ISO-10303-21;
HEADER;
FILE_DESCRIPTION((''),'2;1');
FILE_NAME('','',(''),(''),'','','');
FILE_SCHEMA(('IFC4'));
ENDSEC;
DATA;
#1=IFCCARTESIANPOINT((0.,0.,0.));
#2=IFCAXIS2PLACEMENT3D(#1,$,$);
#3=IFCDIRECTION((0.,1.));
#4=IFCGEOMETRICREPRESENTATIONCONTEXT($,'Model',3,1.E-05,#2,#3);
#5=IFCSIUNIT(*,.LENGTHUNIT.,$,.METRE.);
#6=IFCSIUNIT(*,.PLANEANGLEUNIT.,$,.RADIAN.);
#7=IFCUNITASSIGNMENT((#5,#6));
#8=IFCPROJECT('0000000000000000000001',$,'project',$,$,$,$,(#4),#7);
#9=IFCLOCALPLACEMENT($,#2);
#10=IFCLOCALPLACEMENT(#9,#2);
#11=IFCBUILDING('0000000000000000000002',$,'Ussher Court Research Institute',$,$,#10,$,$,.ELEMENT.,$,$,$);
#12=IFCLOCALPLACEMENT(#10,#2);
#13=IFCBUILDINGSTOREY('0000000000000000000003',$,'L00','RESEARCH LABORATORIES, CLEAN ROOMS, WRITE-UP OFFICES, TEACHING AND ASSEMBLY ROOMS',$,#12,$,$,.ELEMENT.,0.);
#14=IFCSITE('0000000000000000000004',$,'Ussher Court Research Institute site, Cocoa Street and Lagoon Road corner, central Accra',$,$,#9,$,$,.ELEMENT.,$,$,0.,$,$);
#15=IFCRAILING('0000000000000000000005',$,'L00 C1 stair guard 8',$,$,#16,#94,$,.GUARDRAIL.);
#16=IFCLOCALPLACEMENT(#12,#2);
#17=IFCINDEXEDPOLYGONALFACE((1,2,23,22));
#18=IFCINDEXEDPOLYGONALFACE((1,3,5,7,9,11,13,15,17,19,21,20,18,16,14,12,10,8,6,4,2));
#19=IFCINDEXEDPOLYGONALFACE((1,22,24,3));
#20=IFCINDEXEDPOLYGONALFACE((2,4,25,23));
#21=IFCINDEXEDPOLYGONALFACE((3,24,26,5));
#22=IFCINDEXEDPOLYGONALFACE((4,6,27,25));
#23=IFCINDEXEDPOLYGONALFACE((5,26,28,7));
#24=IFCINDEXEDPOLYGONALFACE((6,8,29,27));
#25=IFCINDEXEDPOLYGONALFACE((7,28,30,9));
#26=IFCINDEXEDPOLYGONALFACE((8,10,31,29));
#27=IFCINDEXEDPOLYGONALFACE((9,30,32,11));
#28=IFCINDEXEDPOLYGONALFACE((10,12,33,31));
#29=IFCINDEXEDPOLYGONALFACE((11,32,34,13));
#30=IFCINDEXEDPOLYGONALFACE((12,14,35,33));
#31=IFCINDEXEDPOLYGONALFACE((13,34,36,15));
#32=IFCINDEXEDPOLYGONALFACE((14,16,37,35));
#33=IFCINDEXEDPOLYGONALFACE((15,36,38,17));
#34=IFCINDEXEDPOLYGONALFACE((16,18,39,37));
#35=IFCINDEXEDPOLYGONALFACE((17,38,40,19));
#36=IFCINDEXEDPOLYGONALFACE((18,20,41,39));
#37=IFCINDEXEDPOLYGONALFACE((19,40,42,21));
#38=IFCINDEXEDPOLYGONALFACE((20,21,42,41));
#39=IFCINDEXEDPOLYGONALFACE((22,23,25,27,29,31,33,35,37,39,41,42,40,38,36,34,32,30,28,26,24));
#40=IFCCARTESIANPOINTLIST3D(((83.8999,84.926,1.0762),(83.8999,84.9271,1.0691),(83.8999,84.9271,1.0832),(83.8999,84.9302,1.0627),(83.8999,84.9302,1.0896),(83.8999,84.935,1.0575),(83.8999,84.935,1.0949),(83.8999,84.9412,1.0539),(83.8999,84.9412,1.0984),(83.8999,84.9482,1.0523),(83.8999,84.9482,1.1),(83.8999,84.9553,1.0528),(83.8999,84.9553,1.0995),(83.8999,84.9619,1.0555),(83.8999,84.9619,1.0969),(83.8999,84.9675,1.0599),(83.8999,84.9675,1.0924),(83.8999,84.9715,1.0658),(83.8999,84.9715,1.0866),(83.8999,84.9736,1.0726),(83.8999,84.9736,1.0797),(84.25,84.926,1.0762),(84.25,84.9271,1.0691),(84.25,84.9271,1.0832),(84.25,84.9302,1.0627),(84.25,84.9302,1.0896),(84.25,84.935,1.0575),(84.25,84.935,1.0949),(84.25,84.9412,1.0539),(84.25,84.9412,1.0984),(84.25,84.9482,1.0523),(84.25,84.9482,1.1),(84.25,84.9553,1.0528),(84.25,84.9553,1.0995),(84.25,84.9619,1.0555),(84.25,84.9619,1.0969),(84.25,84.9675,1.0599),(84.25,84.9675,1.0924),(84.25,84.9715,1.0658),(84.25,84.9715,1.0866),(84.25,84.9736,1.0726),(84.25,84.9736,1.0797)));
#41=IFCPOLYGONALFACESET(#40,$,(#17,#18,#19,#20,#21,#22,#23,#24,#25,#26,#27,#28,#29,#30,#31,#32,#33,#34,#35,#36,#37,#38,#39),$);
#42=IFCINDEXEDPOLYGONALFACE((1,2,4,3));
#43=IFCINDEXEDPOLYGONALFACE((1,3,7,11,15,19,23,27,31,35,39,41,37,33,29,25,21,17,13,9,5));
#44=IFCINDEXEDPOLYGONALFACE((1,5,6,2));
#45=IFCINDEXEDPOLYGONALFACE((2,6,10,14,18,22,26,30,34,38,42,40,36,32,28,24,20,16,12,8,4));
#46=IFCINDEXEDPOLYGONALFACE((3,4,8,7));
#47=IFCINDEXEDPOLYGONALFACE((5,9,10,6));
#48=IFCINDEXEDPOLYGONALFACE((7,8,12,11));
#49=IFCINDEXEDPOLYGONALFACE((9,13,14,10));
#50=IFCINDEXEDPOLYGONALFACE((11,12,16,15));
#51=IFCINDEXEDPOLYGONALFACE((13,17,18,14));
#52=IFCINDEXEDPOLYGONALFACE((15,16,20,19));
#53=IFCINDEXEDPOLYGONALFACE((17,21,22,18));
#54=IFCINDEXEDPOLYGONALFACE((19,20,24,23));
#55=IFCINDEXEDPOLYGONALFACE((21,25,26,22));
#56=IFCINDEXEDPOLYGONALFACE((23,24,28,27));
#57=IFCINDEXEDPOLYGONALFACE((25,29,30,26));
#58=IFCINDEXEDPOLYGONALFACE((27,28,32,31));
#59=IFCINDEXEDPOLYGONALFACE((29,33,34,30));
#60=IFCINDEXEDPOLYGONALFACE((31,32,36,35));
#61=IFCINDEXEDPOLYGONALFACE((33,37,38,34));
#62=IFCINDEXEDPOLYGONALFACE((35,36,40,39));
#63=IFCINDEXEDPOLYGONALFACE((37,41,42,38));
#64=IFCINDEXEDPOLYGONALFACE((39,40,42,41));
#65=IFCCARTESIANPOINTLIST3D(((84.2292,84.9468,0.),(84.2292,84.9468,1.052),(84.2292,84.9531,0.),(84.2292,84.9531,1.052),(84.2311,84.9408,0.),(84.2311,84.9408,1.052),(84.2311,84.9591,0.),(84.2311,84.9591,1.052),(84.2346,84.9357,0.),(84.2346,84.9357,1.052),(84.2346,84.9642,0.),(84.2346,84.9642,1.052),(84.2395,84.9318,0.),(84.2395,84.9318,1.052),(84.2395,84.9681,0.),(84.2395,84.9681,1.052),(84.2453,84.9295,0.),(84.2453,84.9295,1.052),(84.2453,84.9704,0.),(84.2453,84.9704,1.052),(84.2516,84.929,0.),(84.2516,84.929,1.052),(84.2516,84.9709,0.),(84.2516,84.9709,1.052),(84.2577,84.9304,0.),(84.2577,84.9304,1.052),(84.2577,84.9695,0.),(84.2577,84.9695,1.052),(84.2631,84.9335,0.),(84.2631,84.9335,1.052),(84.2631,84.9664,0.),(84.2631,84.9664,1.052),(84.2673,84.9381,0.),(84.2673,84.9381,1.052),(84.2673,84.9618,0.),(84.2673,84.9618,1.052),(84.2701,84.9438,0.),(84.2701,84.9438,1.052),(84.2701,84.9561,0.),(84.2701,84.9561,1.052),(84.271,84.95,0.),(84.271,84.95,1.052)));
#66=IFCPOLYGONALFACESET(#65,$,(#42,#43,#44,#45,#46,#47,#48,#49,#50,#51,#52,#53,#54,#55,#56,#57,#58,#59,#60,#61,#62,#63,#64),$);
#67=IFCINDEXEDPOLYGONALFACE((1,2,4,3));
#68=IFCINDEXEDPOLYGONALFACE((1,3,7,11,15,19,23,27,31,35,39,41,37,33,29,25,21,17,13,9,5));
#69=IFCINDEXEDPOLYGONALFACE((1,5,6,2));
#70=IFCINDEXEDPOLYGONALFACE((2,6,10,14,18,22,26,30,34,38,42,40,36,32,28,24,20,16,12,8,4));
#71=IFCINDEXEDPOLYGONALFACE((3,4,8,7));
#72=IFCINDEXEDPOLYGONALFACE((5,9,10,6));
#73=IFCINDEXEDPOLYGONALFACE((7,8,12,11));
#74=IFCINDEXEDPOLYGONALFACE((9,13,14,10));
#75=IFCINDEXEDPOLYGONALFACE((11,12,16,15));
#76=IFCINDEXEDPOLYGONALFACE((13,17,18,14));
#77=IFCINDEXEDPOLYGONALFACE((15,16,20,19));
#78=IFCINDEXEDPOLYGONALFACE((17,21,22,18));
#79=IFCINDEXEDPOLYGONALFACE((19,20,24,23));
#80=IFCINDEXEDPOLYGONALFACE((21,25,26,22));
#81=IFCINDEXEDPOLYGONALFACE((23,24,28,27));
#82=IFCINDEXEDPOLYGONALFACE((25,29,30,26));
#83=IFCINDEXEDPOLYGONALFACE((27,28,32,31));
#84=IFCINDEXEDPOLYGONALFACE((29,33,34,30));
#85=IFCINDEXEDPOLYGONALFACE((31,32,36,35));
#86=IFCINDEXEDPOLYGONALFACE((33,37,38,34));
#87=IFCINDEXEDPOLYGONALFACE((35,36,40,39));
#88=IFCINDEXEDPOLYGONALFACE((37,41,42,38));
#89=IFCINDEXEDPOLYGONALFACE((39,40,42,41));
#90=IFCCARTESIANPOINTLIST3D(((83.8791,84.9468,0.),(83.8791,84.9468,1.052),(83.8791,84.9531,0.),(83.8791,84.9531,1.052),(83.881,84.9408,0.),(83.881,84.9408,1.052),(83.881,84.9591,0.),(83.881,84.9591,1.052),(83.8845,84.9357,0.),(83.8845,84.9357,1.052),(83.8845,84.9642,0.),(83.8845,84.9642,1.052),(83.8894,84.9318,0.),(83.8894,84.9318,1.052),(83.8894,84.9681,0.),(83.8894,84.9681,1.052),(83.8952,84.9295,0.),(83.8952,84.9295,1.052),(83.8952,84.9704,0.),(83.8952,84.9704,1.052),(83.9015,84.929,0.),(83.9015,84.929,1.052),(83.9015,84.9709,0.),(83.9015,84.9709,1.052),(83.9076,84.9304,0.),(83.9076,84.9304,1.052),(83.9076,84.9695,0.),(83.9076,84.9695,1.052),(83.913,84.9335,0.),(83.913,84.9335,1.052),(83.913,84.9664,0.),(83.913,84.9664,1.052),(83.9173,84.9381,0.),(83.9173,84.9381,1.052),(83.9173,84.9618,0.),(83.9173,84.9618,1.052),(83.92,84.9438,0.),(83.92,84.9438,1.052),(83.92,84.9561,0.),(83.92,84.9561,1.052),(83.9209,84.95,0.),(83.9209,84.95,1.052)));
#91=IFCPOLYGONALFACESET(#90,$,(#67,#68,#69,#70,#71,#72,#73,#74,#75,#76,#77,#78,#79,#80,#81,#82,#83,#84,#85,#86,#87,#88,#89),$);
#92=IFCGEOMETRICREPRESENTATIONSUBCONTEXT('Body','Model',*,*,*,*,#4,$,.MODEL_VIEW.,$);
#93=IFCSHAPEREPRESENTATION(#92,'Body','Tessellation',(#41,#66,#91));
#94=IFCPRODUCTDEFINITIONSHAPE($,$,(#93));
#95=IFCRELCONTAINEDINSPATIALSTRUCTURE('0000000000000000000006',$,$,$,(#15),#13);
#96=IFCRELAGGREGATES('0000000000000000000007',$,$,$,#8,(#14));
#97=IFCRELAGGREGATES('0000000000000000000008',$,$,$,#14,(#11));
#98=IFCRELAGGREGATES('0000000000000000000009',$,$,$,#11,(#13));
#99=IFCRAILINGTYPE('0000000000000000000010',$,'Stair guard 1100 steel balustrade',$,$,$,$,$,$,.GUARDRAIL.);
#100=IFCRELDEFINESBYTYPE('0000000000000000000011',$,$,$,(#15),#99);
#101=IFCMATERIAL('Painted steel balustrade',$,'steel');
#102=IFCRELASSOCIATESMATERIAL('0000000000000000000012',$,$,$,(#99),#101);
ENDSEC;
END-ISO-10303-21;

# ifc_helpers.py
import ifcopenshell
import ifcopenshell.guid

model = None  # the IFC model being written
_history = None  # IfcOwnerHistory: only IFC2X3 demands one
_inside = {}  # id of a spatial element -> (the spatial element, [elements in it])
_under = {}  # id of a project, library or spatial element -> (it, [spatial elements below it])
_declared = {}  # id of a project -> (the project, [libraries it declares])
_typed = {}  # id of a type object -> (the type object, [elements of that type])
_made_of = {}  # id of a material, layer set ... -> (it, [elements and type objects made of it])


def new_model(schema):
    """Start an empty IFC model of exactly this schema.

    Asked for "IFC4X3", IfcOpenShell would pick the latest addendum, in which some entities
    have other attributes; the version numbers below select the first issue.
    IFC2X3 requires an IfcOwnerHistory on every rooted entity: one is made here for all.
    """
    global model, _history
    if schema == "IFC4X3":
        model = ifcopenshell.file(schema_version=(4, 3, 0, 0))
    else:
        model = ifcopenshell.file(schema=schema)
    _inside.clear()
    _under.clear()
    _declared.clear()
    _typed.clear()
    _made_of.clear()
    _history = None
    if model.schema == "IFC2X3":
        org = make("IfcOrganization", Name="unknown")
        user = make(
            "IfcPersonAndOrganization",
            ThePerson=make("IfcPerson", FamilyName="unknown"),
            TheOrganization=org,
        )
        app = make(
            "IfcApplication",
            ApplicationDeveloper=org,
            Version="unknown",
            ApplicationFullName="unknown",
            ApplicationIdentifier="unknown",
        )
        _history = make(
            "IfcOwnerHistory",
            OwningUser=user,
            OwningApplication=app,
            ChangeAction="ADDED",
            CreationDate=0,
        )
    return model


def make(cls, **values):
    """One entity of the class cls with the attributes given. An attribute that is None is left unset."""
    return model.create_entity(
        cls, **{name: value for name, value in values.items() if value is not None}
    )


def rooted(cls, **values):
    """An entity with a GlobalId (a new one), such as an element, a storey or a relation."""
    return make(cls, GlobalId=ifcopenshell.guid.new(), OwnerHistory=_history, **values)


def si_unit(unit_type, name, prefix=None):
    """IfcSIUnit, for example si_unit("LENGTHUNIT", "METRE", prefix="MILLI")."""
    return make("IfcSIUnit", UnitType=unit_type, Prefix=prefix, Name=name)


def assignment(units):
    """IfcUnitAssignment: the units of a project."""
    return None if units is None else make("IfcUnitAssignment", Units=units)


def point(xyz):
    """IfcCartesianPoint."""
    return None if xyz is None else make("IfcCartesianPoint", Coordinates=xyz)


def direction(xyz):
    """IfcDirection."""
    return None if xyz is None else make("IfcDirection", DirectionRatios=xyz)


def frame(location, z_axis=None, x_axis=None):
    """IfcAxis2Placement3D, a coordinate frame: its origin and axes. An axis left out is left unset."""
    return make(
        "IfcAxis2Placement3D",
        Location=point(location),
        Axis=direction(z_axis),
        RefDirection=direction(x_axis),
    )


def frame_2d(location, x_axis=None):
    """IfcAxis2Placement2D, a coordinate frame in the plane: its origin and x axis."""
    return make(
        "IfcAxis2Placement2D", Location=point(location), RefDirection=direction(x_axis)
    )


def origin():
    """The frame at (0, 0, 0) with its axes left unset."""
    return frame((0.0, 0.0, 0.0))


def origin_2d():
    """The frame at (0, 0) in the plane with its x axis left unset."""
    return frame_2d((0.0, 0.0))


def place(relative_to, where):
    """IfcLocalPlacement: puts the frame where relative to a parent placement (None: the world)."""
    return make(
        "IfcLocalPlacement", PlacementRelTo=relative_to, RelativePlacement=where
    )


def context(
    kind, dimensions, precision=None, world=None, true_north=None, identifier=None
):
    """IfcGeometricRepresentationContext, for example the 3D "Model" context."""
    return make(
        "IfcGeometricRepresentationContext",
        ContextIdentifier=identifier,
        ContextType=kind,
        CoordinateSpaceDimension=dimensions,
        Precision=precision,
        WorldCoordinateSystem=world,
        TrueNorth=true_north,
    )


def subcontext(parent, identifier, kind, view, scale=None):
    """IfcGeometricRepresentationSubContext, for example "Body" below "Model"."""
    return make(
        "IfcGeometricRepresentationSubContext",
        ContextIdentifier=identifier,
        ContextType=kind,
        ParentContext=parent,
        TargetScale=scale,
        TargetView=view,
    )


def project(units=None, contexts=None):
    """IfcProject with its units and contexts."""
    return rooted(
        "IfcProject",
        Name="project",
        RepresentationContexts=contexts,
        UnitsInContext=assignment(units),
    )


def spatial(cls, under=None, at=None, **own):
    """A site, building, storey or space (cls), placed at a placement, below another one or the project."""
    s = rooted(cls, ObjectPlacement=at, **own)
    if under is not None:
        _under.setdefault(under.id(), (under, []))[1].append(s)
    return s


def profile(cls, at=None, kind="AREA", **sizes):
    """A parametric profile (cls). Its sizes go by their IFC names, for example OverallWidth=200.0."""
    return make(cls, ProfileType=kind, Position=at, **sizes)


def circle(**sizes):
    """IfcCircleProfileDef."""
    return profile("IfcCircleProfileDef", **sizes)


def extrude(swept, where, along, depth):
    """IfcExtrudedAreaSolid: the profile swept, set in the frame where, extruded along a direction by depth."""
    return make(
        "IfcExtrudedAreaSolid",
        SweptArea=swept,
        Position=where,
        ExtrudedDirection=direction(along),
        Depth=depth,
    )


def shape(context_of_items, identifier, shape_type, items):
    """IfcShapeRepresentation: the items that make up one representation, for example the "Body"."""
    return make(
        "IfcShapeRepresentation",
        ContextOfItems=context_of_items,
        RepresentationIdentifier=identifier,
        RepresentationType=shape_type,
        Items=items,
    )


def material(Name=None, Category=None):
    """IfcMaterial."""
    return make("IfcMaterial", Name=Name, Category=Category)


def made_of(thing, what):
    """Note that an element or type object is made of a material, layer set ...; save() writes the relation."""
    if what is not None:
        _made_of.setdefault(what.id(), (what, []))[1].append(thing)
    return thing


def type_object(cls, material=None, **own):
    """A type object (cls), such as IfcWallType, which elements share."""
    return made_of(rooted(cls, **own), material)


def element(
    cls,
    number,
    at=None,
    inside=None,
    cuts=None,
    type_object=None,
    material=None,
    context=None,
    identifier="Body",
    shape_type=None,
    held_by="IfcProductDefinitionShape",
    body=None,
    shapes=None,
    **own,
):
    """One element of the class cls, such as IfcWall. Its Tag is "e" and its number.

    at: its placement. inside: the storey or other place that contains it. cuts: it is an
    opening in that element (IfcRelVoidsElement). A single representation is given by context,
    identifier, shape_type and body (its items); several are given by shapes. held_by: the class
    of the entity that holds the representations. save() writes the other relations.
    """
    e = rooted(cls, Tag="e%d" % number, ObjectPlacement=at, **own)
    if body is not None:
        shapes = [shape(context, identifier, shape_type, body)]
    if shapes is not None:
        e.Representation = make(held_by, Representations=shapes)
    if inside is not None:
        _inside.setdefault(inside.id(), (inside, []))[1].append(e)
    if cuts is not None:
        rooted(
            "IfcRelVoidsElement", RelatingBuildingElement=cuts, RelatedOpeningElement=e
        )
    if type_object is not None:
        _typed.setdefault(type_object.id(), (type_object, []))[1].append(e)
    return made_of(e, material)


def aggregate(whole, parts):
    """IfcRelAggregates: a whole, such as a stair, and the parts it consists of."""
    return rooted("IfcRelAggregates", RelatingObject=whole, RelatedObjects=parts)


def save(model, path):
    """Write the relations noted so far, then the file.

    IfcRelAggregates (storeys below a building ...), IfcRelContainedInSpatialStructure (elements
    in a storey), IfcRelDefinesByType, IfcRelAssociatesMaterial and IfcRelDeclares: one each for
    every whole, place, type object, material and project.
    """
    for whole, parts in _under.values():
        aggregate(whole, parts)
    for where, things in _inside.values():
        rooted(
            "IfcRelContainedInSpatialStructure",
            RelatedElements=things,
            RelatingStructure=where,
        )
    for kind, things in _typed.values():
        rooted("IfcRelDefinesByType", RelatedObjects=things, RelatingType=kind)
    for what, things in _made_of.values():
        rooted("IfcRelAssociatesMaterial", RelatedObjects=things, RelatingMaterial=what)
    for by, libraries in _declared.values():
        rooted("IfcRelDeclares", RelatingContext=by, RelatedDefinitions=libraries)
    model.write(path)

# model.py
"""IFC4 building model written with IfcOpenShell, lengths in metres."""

from ifc_helpers import new_model, si_unit, direction, frame, origin, origin_2d, place, context, subcontext, project, spatial, circle, extrude, material, type_object, element, save


model = new_model("IFC4")

# Units and contexts
model_context = context("Model", 3, precision=1e-05, world=origin(), true_north=direction((0.0, 1.0)))
body_context = subcontext(model_context, "Body", "Model", "MODEL_VIEW")
ifc_project = project(units=[si_unit("LENGTHUNIT", "METRE"), si_unit("PLANEANGLEUNIT", "RADIAN")], contexts=[model_context])

# Site, building, storey
site_placement = place(None, origin())
site = spatial("IfcSite", under=ifc_project, at=site_placement, Name="Ussher Court Research Institute site, Cocoa Street and Lagoon Road corner, central Accra", CompositionType="ELEMENT", RefElevation=0.0)
building_placement = place(site_placement, origin())
building = spatial("IfcBuilding", under=site, at=building_placement, Name="Ussher Court Research Institute", CompositionType="ELEMENT")
storey_placement = place(building_placement, origin())
storey = spatial("IfcBuildingStorey", under=building, at=storey_placement, Name="L00", Description="RESEARCH LABORATORIES, CLEAN ROOMS, WRITE-UP OFFICES, TEACHING AND ASSEMBLY ROOMS", CompositionType="ELEMENT", Elevation=0.0)

# Railing
ifc_material_1 = material(Name="Painted steel balustrade", Category="steel")
railing_type_1 = type_object("IfcRailingType", Name="Stair guard 1100 steel balustrade", PredefinedType="GUARDRAIL", material=ifc_material_1)
railing_1_placement = place(storey_placement, frame((84.25, 84.95, 0.0)))
element("IfcRailing", 1, at=railing_1_placement, inside=storey, type_object=railing_type_1, Name="L00 C1 stair guard 8", PredefinedType="GUARDRAIL", context=body_context, shape_type="SweptSolid", body=[
    extrude(circle(Radius=0.0239, at=origin_2d()), frame((0.0, 0.0, 1.0762), z_axis=(-1.0, 0.0, 0.0), x_axis=(0.0, -1.0, 0.0)), (0.0, 0.0, 1.0), 0.3501),
    extrude(circle(Radius=0.021, at=origin_2d()), origin(), (0.0, 0.0, 1.0), 1.052),
    extrude(circle(Radius=0.021, at=origin_2d()), frame((-0.3501, 0.0, 0.0)), (0.0, 0.0, 1.0), 1.052),
])

save(model, "model.ifc")
